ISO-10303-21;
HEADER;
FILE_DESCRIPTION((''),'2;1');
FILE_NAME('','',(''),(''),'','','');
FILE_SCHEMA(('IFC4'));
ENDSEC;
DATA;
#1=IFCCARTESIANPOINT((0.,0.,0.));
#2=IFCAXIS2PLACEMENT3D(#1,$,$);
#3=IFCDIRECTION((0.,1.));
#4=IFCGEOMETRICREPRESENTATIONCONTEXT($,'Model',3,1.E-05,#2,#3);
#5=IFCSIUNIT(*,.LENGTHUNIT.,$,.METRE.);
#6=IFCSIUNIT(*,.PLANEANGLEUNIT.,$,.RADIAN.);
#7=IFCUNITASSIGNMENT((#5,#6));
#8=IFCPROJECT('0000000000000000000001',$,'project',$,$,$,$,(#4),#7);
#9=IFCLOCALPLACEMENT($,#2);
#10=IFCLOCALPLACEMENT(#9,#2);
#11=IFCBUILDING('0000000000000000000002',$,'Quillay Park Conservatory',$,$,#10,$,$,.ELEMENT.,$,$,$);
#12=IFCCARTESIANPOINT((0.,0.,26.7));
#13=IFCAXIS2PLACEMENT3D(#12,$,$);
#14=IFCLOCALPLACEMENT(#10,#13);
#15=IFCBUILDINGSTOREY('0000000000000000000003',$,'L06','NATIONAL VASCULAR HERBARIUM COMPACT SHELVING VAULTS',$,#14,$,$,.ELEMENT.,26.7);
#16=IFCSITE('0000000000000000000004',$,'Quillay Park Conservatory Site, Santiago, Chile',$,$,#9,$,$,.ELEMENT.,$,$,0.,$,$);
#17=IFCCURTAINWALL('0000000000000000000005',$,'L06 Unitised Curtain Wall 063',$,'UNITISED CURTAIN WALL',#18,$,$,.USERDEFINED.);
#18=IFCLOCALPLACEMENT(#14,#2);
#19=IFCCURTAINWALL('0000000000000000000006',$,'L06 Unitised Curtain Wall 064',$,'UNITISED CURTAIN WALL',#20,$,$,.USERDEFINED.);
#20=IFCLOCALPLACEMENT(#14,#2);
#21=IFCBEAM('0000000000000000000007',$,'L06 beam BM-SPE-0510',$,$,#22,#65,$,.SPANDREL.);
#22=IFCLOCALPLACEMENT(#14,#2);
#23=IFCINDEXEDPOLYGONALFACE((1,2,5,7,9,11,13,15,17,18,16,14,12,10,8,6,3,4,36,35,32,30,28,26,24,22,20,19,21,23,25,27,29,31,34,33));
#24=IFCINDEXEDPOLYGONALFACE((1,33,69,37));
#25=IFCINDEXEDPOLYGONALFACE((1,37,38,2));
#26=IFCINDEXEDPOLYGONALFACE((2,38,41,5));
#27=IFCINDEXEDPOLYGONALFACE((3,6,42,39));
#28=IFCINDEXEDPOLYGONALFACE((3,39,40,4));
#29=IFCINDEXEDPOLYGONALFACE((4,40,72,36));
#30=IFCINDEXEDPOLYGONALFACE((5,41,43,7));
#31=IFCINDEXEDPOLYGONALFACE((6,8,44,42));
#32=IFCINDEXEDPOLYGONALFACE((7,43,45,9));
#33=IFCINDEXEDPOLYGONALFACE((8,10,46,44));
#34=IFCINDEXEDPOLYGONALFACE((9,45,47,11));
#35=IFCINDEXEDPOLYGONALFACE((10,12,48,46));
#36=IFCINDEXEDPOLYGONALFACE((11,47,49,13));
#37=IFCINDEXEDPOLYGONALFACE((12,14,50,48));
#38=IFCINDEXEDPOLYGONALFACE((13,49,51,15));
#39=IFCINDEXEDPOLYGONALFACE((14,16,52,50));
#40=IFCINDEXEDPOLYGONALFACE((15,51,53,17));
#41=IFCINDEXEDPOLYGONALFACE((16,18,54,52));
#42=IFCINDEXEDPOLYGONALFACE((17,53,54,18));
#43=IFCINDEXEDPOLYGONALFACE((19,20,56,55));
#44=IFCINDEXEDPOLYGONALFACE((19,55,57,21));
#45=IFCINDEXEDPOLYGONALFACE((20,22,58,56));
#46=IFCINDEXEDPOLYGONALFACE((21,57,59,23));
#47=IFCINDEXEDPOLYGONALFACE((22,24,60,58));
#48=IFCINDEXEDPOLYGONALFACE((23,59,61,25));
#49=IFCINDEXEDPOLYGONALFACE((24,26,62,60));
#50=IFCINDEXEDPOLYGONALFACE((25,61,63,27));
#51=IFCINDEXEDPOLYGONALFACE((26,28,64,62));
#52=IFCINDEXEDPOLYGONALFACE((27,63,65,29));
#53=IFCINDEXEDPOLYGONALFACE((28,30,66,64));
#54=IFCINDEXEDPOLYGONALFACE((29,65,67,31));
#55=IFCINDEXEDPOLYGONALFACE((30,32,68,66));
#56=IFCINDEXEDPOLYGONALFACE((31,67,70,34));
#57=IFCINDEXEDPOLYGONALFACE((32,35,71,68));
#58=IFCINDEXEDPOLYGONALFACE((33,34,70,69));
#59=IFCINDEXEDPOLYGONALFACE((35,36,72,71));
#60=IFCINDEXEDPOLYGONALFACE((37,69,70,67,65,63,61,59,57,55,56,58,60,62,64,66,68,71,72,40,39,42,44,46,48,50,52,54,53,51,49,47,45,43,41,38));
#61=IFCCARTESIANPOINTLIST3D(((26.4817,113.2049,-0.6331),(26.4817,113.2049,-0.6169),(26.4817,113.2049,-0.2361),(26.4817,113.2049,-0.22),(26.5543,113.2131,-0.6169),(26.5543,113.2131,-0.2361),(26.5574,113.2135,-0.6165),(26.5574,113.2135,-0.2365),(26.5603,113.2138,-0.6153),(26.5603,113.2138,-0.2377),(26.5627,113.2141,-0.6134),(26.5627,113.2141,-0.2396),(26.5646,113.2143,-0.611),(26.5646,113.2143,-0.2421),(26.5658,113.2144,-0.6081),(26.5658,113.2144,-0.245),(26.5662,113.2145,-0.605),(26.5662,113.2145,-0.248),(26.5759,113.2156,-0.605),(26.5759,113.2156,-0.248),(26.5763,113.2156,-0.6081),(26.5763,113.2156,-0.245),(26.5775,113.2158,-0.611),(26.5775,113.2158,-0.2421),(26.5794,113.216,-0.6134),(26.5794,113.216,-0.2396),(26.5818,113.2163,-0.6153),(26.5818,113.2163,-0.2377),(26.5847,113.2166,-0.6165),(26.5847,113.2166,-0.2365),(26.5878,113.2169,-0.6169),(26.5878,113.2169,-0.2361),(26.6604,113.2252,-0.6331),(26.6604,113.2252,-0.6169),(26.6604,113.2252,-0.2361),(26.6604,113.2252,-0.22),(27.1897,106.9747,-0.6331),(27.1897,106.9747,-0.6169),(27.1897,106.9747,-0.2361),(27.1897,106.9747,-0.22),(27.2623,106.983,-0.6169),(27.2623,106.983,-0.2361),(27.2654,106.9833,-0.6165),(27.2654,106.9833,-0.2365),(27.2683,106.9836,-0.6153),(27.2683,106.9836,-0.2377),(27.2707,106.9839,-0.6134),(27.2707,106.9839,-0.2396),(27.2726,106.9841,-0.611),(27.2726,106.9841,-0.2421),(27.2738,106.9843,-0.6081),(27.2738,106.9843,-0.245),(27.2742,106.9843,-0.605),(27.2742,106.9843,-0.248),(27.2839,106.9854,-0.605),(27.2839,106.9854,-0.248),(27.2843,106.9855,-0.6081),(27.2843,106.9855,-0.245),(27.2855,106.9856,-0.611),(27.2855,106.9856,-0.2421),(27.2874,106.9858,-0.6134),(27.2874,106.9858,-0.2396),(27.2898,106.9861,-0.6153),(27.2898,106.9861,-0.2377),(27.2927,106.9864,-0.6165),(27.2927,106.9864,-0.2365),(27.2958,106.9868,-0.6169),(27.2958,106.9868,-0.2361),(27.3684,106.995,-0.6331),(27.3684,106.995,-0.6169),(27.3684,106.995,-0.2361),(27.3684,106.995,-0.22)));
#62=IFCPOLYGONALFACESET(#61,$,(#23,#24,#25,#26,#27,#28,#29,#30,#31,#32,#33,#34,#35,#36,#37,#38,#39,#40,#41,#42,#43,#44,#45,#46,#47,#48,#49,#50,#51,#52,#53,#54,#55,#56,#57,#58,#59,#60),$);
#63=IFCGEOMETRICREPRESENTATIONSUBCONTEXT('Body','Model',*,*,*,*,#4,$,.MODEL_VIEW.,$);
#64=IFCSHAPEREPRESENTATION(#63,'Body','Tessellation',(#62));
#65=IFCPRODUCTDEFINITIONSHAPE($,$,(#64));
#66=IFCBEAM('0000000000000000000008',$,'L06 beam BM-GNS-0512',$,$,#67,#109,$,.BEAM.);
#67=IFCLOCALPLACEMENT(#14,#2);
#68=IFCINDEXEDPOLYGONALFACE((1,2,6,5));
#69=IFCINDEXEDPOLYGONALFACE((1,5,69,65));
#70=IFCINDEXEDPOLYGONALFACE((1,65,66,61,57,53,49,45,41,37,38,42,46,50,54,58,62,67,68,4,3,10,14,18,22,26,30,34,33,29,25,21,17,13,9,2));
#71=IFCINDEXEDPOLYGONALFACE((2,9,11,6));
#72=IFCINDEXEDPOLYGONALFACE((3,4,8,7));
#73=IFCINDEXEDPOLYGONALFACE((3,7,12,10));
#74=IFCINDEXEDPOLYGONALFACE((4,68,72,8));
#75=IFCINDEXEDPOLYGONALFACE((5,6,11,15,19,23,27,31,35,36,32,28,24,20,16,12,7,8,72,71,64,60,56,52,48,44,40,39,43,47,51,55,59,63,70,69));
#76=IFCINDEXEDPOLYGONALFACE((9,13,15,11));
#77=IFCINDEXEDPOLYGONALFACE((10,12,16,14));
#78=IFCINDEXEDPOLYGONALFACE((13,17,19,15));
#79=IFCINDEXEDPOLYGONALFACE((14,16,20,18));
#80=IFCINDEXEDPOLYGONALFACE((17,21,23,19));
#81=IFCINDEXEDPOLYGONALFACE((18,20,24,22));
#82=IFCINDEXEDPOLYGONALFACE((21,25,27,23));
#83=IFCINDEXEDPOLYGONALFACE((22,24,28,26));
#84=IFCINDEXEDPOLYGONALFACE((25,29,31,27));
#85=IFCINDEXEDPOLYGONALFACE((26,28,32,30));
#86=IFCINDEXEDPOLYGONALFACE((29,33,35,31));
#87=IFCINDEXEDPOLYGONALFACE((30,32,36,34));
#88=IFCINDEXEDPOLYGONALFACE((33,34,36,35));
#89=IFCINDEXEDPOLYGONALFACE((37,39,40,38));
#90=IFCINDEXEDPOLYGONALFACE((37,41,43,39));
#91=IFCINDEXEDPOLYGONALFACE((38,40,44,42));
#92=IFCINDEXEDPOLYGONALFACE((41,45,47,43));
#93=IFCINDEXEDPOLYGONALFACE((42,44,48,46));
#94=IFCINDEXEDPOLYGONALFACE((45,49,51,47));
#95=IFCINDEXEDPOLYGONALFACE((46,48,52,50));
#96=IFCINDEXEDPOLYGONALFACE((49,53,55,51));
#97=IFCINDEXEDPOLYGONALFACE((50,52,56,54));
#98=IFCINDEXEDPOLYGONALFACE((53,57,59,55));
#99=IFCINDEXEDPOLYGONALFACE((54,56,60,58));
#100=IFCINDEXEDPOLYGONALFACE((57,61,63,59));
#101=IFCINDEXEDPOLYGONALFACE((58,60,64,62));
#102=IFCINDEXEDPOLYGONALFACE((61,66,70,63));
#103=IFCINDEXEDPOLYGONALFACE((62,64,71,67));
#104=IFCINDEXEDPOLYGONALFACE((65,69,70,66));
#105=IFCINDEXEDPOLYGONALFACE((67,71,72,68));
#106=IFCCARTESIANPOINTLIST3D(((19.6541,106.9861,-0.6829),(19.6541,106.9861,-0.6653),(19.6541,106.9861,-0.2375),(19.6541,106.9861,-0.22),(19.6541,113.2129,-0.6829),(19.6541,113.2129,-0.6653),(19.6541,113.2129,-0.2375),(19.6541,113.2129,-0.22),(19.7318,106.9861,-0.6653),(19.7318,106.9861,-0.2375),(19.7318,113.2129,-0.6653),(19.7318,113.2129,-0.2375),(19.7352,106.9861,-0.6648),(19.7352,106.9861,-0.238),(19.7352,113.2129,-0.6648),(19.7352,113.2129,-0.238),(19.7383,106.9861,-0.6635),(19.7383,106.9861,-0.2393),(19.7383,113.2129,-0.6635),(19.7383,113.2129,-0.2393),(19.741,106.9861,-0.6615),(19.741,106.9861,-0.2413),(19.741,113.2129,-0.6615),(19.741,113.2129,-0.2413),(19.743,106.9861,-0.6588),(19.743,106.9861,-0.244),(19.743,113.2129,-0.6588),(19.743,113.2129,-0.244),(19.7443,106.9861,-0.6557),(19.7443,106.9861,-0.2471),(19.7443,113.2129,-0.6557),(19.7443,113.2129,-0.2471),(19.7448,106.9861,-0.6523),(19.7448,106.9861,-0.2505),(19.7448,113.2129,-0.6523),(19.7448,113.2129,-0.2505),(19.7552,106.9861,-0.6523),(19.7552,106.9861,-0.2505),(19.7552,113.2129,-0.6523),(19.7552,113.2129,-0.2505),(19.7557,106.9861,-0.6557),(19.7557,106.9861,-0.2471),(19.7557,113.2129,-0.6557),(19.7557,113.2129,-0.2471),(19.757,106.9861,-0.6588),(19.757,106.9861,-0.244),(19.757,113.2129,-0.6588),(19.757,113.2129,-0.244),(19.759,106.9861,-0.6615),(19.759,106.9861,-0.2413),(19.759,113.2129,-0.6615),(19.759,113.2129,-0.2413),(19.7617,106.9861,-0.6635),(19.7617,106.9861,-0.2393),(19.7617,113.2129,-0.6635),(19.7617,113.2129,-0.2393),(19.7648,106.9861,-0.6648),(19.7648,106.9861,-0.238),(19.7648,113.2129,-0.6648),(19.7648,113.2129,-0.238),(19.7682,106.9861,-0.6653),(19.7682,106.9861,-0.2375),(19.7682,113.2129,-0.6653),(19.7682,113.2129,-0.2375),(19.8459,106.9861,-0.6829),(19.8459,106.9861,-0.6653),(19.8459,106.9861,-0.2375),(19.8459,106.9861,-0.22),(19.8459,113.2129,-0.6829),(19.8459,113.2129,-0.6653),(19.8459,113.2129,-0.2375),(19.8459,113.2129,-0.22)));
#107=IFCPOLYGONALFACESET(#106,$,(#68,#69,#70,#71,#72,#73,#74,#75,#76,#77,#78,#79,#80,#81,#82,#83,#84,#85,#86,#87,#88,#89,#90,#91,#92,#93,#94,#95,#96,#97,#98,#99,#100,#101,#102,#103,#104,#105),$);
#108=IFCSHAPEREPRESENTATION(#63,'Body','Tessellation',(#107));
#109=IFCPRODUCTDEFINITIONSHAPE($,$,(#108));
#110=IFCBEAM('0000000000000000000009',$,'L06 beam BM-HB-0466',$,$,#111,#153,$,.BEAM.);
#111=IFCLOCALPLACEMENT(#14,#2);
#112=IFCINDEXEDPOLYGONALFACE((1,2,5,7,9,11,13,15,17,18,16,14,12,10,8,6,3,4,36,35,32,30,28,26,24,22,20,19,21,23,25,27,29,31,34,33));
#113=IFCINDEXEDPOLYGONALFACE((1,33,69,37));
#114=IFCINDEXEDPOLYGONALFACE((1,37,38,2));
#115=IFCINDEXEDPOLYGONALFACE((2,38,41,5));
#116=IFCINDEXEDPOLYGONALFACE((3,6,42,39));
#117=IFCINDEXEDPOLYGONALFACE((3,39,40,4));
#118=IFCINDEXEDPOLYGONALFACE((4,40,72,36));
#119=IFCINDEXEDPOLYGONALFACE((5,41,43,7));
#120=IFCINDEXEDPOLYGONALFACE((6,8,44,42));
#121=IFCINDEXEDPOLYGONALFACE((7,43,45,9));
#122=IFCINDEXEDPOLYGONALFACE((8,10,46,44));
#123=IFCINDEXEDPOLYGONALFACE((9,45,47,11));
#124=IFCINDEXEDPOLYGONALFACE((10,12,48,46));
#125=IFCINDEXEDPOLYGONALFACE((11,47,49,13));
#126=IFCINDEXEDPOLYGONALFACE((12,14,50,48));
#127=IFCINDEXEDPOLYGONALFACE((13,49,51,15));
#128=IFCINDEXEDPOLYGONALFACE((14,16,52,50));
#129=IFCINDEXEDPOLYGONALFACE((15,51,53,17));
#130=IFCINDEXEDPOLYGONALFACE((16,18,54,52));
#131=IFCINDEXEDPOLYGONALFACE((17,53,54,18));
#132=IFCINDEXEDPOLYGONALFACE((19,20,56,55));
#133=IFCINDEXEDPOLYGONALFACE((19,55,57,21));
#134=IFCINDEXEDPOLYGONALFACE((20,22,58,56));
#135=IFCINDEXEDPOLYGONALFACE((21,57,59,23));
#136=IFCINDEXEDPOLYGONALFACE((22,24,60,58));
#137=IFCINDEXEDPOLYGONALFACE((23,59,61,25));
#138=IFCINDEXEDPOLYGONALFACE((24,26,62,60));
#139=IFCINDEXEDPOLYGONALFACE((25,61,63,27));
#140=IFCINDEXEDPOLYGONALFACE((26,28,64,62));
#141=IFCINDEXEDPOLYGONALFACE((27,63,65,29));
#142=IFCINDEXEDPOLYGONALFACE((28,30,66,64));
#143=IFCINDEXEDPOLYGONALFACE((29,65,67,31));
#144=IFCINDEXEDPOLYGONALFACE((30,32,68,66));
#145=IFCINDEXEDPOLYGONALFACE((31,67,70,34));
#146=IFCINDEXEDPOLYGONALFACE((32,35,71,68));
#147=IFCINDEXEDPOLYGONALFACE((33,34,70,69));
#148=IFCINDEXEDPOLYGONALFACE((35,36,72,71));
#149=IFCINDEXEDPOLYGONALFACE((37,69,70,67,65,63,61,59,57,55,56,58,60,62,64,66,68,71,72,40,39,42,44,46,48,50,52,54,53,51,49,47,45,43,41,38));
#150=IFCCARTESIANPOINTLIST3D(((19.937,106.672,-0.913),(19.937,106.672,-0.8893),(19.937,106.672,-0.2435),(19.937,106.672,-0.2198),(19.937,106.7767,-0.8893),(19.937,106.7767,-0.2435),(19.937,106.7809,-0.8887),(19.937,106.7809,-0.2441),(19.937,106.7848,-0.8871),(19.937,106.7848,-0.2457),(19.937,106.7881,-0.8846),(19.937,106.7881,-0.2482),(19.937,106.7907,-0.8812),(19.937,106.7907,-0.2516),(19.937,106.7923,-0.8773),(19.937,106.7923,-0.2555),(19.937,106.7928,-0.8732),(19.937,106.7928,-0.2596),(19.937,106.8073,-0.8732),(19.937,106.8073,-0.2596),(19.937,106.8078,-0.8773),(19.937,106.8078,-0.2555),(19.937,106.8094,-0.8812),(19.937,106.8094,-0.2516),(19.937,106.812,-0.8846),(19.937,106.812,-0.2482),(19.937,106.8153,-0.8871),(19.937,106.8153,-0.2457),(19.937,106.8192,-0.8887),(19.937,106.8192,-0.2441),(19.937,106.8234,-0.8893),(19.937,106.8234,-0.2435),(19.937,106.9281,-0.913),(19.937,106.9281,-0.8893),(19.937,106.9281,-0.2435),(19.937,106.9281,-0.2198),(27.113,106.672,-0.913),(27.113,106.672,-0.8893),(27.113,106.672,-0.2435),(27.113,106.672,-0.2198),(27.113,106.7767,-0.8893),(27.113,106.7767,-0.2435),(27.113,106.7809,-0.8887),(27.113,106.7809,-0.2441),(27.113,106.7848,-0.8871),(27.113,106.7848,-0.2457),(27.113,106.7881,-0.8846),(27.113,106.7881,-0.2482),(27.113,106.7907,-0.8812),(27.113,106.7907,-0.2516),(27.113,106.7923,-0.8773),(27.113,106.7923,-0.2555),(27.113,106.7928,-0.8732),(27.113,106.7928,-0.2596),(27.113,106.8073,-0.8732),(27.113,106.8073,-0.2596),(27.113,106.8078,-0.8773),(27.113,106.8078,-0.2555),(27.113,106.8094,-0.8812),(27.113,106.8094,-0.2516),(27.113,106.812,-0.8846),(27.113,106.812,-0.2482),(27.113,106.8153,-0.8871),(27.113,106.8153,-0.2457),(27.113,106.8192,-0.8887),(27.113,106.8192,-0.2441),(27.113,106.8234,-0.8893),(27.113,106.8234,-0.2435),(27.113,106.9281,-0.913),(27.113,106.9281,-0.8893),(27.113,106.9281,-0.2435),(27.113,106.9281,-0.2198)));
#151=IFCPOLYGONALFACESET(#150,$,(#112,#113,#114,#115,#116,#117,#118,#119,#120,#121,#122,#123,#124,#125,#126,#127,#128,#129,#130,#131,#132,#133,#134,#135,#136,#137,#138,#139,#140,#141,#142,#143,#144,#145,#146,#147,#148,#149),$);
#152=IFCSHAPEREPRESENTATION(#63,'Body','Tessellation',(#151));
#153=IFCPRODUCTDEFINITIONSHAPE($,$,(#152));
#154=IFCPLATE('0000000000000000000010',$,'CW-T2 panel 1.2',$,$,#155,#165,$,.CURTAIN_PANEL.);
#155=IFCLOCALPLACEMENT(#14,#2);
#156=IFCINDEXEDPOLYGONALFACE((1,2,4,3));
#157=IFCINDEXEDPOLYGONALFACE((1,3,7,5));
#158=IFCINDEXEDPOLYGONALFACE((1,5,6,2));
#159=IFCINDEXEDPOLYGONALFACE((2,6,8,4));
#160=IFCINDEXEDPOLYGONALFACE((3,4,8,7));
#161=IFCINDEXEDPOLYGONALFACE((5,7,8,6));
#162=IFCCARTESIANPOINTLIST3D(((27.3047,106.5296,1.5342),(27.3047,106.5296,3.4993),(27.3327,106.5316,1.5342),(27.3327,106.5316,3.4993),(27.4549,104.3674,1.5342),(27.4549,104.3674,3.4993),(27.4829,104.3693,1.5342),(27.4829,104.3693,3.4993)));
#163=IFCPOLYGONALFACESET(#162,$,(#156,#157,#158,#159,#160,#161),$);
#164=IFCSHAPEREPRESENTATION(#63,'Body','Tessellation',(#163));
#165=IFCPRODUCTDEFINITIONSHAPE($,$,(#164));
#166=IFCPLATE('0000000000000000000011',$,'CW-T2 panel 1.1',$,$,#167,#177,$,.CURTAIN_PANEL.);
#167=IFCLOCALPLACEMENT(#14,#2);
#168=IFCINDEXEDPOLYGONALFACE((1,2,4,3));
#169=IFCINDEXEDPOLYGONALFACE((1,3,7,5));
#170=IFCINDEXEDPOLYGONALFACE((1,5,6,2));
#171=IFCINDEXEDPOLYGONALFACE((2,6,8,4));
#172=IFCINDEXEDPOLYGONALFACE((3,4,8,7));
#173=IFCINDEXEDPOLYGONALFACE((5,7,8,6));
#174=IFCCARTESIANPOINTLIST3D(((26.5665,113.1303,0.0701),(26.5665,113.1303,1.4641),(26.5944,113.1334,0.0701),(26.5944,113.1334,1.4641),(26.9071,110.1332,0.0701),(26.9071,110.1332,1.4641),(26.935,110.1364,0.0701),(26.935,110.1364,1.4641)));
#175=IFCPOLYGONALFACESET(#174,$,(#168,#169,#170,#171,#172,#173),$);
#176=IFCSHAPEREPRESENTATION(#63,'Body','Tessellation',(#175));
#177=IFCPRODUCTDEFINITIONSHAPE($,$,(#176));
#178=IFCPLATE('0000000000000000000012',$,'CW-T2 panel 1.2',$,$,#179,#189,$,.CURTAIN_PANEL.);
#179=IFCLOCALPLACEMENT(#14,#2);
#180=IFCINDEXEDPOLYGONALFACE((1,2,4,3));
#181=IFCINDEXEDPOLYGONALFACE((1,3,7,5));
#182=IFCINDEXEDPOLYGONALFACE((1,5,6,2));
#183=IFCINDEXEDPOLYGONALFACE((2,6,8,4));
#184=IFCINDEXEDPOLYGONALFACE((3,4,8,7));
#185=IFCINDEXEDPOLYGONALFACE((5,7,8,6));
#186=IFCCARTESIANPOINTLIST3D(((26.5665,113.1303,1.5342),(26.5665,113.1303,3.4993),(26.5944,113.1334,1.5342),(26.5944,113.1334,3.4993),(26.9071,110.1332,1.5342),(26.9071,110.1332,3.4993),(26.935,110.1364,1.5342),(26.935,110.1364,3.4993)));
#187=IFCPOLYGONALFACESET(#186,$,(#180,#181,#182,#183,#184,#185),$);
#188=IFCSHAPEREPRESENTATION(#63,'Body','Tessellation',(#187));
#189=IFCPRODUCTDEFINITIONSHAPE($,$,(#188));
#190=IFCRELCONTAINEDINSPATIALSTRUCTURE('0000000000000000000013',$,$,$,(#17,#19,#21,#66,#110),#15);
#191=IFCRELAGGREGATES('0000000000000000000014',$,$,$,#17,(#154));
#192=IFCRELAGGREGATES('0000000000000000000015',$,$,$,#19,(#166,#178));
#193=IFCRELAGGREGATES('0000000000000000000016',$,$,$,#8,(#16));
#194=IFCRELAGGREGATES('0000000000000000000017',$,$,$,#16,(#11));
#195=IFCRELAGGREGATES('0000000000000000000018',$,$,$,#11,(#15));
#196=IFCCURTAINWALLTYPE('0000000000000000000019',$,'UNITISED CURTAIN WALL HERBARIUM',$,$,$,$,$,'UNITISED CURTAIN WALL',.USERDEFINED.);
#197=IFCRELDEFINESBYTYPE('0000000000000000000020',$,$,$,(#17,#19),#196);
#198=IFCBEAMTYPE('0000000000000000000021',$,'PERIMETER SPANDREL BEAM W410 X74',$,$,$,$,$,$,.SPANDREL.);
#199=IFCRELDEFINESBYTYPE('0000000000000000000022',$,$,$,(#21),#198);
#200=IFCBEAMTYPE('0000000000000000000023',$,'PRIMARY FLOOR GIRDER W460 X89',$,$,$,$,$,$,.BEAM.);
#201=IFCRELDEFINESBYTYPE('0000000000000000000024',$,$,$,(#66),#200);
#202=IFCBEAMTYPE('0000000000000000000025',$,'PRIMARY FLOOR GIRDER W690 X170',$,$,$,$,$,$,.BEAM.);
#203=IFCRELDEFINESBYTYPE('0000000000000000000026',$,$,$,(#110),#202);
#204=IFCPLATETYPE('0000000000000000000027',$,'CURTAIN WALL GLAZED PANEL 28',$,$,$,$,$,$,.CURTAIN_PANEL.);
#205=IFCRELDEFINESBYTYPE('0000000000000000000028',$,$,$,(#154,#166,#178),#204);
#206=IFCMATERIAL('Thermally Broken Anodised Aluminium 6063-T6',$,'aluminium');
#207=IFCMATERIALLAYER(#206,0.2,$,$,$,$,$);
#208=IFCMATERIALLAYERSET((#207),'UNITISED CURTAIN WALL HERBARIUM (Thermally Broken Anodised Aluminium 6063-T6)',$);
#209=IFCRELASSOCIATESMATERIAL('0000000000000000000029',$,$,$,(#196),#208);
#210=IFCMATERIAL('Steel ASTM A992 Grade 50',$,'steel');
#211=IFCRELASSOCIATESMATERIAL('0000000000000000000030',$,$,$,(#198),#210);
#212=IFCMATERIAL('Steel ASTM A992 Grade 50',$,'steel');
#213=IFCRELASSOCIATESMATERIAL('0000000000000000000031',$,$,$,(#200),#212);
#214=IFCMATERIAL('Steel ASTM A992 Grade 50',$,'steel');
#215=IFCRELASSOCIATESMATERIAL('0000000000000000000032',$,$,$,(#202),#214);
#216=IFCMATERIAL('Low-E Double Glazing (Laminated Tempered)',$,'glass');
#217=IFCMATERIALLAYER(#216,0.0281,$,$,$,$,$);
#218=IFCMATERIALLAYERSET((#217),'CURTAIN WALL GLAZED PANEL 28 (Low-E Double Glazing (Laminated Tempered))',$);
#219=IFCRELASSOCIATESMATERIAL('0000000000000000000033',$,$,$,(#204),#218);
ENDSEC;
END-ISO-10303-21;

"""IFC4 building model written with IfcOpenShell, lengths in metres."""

from ifc_helpers import new_model, si_unit, direction, frame, origin, origin_2d, place, context, subcontext, project, spatial, rectangle, i_section, extrude, material, layer, layer_set, material_profile, profile_set, type_object, element, aggregate, save


model = new_model("IFC4")

# Units and contexts
model_context = context("Model", 3, precision=1e-05, world=origin(), true_north=direction((0.0, 1.0)))
body_context = subcontext(model_context, "Body", "Model", "MODEL_VIEW")
ifc_project = project(units=[si_unit("LENGTHUNIT", "METRE"), si_unit("PLANEANGLEUNIT", "RADIAN")], contexts=[model_context])

# Site, building, storey
site_placement = place(None, origin())
site = spatial("IfcSite", under=ifc_project, at=site_placement, Name="Quillay Park Conservatory Site, Santiago, Chile", CompositionType="ELEMENT", RefElevation=0.0)
building_placement = place(site_placement, origin())
building = spatial("IfcBuilding", under=site, at=building_placement, Name="Quillay Park Conservatory", CompositionType="ELEMENT")
storey_placement = place(building_placement, frame((0.0, 0.0, 26.7)))
storey = spatial("IfcBuildingStorey", under=building, at=storey_placement, Name="L06", Description="NATIONAL VASCULAR HERBARIUM COMPACT SHELVING VAULTS", CompositionType="ELEMENT", Elevation=26.7)

# Curtain wall
ifc_material_1 = material(Name="Thermally Broken Anodised Aluminium 6063-T6", Category="aluminium")
ifc_layer_1 = layer(ifc_material_1, 0.2)
ifc_layer_set_1 = layer_set([ifc_layer_1], Name="UNITISED CURTAIN WALL HERBARIUM (Thermally Broken Anodised Aluminium 6063-T6)")
curtain_wall_type = type_object("IfcCurtainWallType", Name="UNITISED CURTAIN WALL HERBARIUM", ElementType="UNITISED CURTAIN WALL", PredefinedType="USERDEFINED", material=ifc_layer_set_1)
curtain_wall_1_placement = place(storey_placement, origin())
curtain_wall_1 = element("IfcCurtainWall", 1, at=curtain_wall_1_placement, inside=storey, type_object=curtain_wall_type, Name="L06 Unitised Curtain Wall 063", ObjectType="UNITISED CURTAIN WALL", PredefinedType="USERDEFINED")

# Curtain wall
curtain_wall_2_placement = place(storey_placement, origin())
curtain_wall_2 = element("IfcCurtainWall", 2, at=curtain_wall_2_placement, inside=storey, type_object=curtain_wall_type, Name="L06 Unitised Curtain Wall 064", ObjectType="UNITISED CURTAIN WALL", PredefinedType="USERDEFINED")

# Beams
ifc_material_2 = material(Name="Steel ASTM A992 Grade 50", Category="steel")
ifc_material_profile_1 = material_profile(ifc_material_2, i_section(OverallWidth=0.1799, OverallDepth=0.4131, WebThickness=0.0098, FlangeThickness=0.0161, FilletRadius=0.012, at=origin_2d()), Name="W410x74")
ifc_profile_set_1 = profile_set([ifc_material_profile_1], Name="Steel ASTM A992 Grade 50")
beam_type_1 = type_object("IfcBeamType", Name="PERIMETER SPANDREL BEAM W410 X74", PredefinedType="SPANDREL", material=ifc_profile_set_1)
beam_1_placement = place(storey_placement, frame((27.2791, 106.9849, -0.4265), z_axis=(-0.112914, 0.993605, 0.0), x_axis=(-0.993605, -0.112914, 0.0)))
element("IfcBeam", 3, at=beam_1_placement, inside=storey, type_object=beam_type_1, Name="L06 beam BM-SPE-0510", PredefinedType="SPANDREL", context=body_context, shape_type="SweptSolid", body=[
    extrude(i_section(OverallWidth=0.1799, OverallDepth=0.4131, WebThickness=0.0098, FlangeThickness=0.0161, FilletRadius=0.012, at=origin_2d()), origin(), (0.0, 0.0, 1.0), 6.2703),
])
ifc_material_3 = material(Name="Steel ASTM A992 Grade 50", Category="steel")
ifc_material_profile_2 = material_profile(ifc_material_3, i_section(OverallWidth=0.1919, OverallDepth=0.4629, WebThickness=0.0105, FlangeThickness=0.0176, FilletRadius=0.0129, at=origin_2d()), Name="W460x89")
ifc_profile_set_2 = profile_set([ifc_material_profile_2], Name="Steel ASTM A992 Grade 50")
beam_type_2 = type_object("IfcBeamType", Name="PRIMARY FLOOR GIRDER W460 X89", PredefinedType="BEAM", material=ifc_profile_set_2)
beam_2_placement = place(storey_placement, frame((19.75, 106.9861, -0.4514), z_axis=(0.0, 1.0, 0.0), x_axis=(-1.0, 0.0, 0.0)))
element("IfcBeam", 4, at=beam_2_placement, inside=storey, type_object=beam_type_2, Name="L06 beam BM-GNS-0512", PredefinedType="BEAM", context=body_context, shape_type="SweptSolid", body=[
    extrude(i_section(OverallWidth=0.1919, OverallDepth=0.4629, WebThickness=0.0105, FlangeThickness=0.0176, FilletRadius=0.0129, at=origin_2d()), origin(), (0.0, 0.0, 1.0), 6.2268),
])
ifc_material_4 = material(Name="Steel ASTM A992 Grade 50", Category="steel")
ifc_material_profile_3 = material_profile(ifc_material_4, i_section(OverallWidth=0.2561, OverallDepth=0.6931, WebThickness=0.0144, FlangeThickness=0.0237, FilletRadius=0.0161, at=origin_2d()), Name="W690x170")
ifc_profile_set_3 = profile_set([ifc_material_profile_3], Name="Steel ASTM A992 Grade 50")
beam_type_3 = type_object("IfcBeamType", Name="PRIMARY FLOOR GIRDER W690 X170", PredefinedType="BEAM", material=ifc_profile_set_3)
beam_3_placement = place(storey_placement, frame((19.937, 106.8, -0.5664), z_axis=(1.0, 0.0, 0.0), x_axis=(0.0, 1.0, 0.0)))
element("IfcBeam", 5, at=beam_3_placement, inside=storey, type_object=beam_type_3, Name="L06 beam BM-HB-0466", PredefinedType="BEAM", context=body_context, shape_type="SweptSolid", body=[
    extrude(i_section(OverallWidth=0.2561, OverallDepth=0.6931, WebThickness=0.0144, FlangeThickness=0.0237, FilletRadius=0.0161, at=origin_2d()), origin(), (0.0, 0.0, 1.0), 7.176),
])

# Plates
ifc_material_5 = material(Name="Low-E Double Glazing (Laminated Tempered)", Category="glass")
ifc_layer_2 = layer(ifc_material_5, 0.0281)
ifc_layer_set_2 = layer_set([ifc_layer_2], Name="CURTAIN WALL GLAZED PANEL 28 (Low-E Double Glazing (Laminated Tempered))")
plate_type = type_object("IfcPlateType", Name="CURTAIN WALL GLAZED PANEL 28", PredefinedType="CURTAIN_PANEL", material=ifc_layer_set_2)
plate_1_placement = place(storey_placement, frame((27.3938, 105.4495, 1.5342), z_axis=(0.0, 0.0, 1.0), x_axis=(0.069264, -0.997598, 0.0)))
plate_1 = element("IfcPlate", 6, at=plate_1_placement, type_object=plate_type, Name="CW-T2 panel 1.2", PredefinedType="CURTAIN_PANEL", context=body_context, shape_type="SweptSolid", body=[
    extrude(rectangle(XDim=2.1675, YDim=0.0281, at=origin_2d()), origin(), (0.0, 0.0, 1.0), 1.9651),
])
aggregate(curtain_wall_1, [plate_1])
plate_2_placement = place(storey_placement, frame((26.7507, 111.6333, 0.0701), z_axis=(0.0, 0.0, 1.0), x_axis=(0.112903, -0.993606, 0.0)))
plate_2 = element("IfcPlate", 7, at=plate_2_placement, type_object=plate_type, Name="CW-T2 panel 1.1", PredefinedType="CURTAIN_PANEL", context=body_context, shape_type="SweptSolid", body=[
    extrude(rectangle(XDim=3.0164, YDim=0.0281, at=origin_2d()), origin(), (0.0, 0.0, 1.0), 1.394),
])
plate_3_placement = place(storey_placement, frame((26.7507, 111.6333, 1.5342), z_axis=(0.0, 0.0, 1.0), x_axis=(0.112903, -0.993606, 0.0)))
plate_3 = element("IfcPlate", 8, at=plate_3_placement, type_object=plate_type, Name="CW-T2 panel 1.2", PredefinedType="CURTAIN_PANEL", context=body_context, shape_type="SweptSolid", body=[
    extrude(rectangle(XDim=3.0164, YDim=0.0281, at=origin_2d()), origin(), (0.0, 0.0, 1.0), 1.9651),
])
aggregate(curtain_wall_2, [plate_2, plate_3])

save(model, "model.ifc")
